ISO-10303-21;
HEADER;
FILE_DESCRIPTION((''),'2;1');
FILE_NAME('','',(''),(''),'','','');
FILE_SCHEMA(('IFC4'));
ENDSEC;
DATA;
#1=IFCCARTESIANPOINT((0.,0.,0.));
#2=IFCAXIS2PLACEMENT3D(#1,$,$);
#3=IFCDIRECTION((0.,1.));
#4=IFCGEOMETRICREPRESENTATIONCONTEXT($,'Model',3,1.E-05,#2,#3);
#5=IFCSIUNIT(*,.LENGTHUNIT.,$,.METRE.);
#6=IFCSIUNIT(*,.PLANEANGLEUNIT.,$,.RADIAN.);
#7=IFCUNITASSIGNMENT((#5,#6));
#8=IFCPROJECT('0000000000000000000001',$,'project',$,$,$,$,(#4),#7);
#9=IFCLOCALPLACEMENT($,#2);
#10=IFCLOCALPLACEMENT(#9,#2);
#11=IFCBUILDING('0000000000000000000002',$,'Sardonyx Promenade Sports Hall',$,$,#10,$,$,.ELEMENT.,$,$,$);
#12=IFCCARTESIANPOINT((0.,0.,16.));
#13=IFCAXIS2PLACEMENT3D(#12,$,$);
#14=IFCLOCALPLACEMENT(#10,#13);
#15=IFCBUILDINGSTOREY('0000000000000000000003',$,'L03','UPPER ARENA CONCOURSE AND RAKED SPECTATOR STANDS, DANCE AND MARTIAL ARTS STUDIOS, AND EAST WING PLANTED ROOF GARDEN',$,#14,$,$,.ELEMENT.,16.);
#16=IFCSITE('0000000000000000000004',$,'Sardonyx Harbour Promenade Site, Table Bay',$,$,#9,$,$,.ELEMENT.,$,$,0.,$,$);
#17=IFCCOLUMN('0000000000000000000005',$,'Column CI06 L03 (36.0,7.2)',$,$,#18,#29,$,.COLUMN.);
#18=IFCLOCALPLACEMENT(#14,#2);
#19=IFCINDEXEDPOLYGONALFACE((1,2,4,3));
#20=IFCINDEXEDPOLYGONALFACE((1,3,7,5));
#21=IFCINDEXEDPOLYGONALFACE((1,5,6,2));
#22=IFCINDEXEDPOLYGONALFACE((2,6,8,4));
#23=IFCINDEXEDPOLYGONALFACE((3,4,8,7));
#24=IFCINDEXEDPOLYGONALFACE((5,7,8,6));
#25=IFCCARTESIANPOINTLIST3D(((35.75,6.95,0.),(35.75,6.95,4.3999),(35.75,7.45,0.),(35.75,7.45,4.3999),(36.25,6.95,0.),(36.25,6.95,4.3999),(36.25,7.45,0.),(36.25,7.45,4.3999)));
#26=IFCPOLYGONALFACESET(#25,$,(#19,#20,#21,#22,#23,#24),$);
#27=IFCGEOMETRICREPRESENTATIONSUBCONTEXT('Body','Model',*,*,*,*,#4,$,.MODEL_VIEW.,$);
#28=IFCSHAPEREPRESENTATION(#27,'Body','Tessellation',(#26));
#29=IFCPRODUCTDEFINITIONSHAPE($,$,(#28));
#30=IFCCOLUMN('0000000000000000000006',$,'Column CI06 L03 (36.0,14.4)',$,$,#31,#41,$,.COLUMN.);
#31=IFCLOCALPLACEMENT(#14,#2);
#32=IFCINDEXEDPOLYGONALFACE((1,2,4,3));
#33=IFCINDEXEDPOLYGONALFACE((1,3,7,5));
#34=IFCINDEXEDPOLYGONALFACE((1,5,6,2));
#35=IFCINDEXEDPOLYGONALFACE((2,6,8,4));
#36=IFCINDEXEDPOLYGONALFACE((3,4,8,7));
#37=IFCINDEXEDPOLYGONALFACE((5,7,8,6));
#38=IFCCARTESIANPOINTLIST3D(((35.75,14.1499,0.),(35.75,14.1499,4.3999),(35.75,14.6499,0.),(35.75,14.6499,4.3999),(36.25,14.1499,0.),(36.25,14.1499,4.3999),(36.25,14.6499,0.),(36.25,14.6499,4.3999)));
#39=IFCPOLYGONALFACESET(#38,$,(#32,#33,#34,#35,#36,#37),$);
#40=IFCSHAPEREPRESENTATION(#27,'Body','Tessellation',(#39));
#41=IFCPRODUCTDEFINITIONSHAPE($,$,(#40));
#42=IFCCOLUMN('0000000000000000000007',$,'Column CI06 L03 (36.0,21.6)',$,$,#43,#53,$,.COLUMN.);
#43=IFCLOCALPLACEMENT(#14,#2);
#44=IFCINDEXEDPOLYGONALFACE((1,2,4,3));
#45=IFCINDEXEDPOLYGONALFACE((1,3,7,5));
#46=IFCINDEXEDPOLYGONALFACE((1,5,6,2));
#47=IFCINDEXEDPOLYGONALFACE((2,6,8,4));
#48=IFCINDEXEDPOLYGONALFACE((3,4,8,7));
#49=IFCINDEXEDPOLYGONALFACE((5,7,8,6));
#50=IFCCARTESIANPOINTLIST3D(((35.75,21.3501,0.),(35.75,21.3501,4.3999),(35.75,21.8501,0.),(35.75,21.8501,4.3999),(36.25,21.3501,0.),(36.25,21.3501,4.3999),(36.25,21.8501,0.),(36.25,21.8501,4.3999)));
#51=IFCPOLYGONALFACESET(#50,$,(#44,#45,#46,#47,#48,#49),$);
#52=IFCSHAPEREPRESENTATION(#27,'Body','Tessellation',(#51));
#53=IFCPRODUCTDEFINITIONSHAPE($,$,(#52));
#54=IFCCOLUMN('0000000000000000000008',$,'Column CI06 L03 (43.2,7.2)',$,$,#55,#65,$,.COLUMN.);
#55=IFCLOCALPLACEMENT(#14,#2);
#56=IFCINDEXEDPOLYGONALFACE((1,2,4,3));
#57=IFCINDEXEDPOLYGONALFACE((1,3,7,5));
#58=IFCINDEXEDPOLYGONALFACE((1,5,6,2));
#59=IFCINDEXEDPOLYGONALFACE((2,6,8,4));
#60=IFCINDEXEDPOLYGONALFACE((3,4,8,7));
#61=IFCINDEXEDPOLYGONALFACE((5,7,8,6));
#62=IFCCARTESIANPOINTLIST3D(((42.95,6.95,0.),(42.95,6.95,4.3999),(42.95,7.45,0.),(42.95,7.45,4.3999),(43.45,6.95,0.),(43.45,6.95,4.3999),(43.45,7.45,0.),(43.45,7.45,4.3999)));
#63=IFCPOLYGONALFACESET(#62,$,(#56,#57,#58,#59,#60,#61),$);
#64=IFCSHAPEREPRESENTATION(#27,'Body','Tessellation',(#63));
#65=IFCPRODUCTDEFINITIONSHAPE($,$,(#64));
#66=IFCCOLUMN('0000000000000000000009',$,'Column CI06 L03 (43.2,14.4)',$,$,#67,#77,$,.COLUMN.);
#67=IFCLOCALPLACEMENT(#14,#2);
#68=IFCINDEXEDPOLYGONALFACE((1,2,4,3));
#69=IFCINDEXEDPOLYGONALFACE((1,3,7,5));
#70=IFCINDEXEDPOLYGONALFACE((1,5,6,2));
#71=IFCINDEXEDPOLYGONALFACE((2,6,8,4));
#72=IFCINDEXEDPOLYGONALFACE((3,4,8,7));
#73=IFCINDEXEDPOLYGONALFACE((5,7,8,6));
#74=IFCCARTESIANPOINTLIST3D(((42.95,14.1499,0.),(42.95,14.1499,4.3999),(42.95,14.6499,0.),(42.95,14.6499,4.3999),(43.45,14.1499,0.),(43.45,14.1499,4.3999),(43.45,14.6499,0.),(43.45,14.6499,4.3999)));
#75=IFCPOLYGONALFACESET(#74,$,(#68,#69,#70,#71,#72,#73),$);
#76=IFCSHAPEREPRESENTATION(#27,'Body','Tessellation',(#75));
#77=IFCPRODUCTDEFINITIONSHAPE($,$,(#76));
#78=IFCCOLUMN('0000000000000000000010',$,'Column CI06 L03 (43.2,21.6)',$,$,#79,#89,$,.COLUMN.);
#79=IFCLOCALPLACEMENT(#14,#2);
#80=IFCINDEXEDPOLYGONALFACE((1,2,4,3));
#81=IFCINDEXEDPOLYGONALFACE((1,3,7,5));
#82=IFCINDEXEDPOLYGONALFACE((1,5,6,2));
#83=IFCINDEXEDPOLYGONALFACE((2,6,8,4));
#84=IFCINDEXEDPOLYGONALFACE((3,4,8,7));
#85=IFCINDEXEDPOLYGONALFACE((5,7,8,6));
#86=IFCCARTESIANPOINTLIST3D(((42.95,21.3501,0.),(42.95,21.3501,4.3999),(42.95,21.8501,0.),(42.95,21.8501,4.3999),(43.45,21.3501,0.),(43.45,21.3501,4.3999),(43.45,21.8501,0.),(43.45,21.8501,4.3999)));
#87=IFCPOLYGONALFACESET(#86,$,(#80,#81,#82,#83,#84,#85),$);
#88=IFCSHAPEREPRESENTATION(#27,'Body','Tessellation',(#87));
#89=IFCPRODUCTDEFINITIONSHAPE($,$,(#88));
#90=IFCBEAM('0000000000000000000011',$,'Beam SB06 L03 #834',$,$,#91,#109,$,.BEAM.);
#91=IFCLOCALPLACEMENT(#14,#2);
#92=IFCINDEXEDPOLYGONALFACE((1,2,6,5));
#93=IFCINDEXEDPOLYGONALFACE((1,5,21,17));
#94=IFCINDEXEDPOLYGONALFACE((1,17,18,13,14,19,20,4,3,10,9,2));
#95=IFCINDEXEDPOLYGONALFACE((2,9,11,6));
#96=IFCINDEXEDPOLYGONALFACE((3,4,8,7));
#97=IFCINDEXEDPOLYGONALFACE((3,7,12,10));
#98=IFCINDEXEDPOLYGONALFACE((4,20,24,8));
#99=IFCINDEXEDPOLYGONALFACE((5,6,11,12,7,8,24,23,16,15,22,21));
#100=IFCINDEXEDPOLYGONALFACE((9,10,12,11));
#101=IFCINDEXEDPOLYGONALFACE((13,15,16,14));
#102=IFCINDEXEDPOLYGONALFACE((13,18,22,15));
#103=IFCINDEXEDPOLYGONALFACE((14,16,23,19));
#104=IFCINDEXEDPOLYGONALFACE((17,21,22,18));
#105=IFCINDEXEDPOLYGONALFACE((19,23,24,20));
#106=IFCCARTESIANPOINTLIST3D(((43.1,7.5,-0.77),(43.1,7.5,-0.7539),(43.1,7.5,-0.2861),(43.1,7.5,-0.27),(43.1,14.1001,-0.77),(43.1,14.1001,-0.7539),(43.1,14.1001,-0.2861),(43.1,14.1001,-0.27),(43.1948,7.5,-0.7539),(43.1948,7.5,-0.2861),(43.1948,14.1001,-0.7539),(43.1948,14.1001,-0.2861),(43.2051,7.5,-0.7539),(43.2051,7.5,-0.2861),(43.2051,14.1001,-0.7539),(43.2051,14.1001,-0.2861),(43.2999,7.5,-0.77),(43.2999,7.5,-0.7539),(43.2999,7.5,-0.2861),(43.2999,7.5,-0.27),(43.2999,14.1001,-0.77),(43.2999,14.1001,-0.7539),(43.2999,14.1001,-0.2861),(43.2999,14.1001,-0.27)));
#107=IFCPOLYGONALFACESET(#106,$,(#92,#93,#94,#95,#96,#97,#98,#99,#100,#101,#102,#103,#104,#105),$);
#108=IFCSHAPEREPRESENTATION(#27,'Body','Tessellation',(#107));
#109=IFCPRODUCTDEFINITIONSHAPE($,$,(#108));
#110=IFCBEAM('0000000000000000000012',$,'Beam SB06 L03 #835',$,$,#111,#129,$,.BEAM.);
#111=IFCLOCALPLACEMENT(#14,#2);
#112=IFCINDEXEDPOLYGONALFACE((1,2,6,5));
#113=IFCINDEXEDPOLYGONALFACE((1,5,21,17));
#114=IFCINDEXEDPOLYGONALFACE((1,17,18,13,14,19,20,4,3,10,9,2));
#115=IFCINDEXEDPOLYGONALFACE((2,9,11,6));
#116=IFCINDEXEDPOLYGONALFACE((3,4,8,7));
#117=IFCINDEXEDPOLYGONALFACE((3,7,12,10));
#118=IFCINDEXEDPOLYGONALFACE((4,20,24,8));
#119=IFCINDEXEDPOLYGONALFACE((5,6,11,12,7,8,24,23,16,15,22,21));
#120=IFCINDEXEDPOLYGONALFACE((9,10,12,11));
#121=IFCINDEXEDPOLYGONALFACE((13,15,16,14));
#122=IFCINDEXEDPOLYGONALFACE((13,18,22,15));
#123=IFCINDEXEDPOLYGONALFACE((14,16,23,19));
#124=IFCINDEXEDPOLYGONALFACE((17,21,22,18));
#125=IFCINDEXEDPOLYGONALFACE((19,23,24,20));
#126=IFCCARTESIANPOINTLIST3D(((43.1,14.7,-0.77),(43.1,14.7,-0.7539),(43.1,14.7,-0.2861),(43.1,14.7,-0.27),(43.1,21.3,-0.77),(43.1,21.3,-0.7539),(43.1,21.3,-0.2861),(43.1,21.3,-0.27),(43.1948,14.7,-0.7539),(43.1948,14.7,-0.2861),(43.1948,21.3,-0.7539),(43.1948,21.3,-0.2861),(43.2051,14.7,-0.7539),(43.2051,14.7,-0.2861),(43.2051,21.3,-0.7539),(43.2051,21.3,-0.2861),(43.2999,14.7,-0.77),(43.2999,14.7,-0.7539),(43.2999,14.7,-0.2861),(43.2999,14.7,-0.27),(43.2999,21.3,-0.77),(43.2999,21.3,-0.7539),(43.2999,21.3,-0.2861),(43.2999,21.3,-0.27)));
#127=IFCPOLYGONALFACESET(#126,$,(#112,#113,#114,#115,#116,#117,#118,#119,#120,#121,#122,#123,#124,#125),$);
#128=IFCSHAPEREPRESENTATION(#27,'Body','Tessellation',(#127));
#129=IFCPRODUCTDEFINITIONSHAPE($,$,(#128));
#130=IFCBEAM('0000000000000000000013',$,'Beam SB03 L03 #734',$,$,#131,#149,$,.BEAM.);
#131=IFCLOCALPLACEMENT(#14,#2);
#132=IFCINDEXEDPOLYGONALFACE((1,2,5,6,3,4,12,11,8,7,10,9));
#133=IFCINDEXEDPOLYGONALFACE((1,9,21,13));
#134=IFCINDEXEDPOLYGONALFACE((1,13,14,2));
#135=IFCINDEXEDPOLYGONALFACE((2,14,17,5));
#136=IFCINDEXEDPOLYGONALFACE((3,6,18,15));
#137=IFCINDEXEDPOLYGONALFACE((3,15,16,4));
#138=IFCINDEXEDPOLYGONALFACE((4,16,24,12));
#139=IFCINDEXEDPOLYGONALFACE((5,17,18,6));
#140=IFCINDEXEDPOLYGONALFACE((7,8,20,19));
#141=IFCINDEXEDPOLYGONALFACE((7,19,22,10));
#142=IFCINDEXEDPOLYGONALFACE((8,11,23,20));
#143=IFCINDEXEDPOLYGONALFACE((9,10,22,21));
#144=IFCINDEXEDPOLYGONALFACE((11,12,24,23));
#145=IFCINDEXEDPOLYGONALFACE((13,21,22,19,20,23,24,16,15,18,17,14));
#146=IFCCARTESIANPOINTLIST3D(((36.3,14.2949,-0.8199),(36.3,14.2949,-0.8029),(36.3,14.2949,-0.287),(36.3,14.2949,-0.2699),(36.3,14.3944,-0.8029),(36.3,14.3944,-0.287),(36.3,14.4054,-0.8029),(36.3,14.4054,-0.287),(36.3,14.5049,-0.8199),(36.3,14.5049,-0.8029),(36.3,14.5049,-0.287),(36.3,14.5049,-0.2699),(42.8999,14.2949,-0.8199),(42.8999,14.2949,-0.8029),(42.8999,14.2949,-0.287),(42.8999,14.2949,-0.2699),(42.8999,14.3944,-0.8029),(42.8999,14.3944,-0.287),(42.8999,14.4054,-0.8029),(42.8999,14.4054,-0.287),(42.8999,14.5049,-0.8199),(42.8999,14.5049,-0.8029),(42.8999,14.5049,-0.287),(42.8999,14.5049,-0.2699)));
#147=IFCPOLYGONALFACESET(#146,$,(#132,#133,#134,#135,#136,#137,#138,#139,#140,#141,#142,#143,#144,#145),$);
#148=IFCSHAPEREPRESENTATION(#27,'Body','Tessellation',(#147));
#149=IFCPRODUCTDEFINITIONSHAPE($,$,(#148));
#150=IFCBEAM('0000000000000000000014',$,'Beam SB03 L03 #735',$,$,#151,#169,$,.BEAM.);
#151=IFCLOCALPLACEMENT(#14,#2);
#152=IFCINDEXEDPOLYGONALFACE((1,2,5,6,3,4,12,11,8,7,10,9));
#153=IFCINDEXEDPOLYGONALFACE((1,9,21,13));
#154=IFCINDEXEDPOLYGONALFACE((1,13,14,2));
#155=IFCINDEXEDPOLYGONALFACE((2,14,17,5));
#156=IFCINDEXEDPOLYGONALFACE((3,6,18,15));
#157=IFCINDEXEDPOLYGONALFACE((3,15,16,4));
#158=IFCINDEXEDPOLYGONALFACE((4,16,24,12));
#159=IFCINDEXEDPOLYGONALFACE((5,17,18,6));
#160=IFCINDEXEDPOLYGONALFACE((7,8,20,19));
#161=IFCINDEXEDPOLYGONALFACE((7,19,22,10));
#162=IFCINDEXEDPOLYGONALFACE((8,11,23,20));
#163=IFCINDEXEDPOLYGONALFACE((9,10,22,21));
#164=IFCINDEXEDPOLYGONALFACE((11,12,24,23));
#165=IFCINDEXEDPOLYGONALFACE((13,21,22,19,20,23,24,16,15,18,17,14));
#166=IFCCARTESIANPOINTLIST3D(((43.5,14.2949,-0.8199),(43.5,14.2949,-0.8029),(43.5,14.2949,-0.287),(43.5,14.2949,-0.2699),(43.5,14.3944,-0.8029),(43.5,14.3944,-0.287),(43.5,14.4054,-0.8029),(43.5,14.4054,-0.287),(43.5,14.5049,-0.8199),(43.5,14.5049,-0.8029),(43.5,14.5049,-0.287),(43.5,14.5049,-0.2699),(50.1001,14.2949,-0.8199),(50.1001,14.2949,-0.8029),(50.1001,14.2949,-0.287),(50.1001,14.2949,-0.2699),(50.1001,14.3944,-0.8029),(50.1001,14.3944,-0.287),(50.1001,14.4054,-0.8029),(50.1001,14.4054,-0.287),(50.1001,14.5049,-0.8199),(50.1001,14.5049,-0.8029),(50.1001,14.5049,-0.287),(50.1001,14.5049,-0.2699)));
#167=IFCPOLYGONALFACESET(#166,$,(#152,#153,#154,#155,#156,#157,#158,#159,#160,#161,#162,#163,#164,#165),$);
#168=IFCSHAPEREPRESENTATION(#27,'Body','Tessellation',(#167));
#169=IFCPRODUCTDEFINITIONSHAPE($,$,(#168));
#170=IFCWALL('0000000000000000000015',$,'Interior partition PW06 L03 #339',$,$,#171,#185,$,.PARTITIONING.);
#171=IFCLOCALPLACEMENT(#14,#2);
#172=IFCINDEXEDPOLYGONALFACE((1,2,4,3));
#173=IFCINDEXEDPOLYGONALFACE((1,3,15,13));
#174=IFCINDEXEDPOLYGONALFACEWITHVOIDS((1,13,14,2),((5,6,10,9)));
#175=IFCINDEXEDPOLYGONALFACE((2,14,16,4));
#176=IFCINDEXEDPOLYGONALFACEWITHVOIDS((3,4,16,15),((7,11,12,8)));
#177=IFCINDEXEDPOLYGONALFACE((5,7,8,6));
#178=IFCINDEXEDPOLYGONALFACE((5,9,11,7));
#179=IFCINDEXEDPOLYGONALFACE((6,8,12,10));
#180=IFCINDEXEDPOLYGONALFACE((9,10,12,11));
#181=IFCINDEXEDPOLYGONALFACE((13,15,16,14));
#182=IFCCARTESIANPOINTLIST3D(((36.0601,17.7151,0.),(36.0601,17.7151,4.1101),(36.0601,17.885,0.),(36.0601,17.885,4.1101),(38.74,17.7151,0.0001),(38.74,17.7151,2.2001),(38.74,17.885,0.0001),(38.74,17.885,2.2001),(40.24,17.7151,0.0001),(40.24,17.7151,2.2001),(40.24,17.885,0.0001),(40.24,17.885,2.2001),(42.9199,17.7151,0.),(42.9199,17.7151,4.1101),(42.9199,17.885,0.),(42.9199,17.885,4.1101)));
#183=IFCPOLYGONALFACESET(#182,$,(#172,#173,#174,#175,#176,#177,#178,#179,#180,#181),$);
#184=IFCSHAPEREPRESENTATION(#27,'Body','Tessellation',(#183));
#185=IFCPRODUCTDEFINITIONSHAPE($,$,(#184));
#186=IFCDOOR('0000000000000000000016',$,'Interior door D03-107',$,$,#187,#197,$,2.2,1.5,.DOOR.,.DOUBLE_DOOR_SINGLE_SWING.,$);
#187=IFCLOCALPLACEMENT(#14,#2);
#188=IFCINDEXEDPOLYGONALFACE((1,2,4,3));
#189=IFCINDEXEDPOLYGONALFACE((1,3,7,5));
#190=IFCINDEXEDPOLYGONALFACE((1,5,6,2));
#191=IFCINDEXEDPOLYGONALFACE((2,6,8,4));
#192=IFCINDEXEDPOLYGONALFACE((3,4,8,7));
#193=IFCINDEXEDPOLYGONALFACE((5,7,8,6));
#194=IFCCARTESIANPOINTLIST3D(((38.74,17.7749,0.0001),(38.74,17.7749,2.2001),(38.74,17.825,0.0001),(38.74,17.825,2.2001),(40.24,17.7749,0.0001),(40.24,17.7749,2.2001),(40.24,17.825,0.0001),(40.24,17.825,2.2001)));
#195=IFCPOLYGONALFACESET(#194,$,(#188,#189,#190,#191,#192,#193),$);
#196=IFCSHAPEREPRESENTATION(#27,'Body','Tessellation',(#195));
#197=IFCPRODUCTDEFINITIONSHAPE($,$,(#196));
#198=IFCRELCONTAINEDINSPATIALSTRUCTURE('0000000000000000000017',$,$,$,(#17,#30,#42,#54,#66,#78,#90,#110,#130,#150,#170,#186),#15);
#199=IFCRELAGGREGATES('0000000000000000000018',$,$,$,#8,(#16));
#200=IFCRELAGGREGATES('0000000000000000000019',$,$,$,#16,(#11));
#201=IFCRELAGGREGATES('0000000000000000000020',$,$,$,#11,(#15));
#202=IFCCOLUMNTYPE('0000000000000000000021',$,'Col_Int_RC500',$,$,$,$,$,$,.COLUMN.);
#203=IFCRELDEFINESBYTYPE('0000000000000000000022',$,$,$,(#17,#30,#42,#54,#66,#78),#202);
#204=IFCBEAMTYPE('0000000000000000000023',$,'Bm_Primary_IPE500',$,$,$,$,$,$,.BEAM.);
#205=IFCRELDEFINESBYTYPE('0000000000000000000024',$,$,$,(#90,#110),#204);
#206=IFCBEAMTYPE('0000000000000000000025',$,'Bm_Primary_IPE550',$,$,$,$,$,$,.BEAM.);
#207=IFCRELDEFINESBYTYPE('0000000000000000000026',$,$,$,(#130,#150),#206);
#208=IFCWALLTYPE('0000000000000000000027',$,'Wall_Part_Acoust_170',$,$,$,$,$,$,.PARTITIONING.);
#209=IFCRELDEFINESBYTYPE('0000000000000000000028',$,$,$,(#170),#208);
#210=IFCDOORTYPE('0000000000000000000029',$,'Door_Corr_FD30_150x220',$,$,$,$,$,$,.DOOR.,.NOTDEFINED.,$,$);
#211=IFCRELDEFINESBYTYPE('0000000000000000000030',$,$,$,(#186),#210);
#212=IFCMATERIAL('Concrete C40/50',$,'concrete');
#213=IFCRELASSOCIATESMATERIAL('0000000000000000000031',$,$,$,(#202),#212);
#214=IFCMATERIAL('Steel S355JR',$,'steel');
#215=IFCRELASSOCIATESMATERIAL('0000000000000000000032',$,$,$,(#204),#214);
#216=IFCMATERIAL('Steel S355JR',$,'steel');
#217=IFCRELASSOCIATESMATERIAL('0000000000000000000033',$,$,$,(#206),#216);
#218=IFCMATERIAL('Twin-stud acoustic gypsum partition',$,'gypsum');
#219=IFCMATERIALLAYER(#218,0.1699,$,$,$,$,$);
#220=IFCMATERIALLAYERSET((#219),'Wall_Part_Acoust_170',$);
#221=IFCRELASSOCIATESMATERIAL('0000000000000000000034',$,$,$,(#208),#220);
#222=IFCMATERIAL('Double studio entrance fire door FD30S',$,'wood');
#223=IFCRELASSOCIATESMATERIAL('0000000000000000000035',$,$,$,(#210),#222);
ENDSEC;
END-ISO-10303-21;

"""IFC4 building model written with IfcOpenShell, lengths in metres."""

from ifc_helpers import new_model, si_unit, direction, frame, frame_2d, origin, origin_2d, place, context, subcontext, project, spatial, rectangle, i_section, extrude, material, layer, layer_set, material_profile, profile_set, type_object, element, fill, save


model = new_model("IFC4")

# Units and contexts
model_context = context("Model", 3, precision=1e-05, world=origin(), true_north=direction((0.0, 1.0)))
body_context = subcontext(model_context, "Body", "Model", "MODEL_VIEW")
ifc_project = project(units=[si_unit("LENGTHUNIT", "METRE"), si_unit("PLANEANGLEUNIT", "RADIAN")], contexts=[model_context])

# Site, building, storey
site_placement = place(None, origin())
site = spatial("IfcSite", under=ifc_project, at=site_placement, Name="Sardonyx Harbour Promenade Site, Table Bay", CompositionType="ELEMENT", RefElevation=0.0)
building_placement = place(site_placement, origin())
building = spatial("IfcBuilding", under=site, at=building_placement, Name="Sardonyx Promenade Sports Hall", CompositionType="ELEMENT")
storey_placement = place(building_placement, frame((0.0, 0.0, 16.0)))
storey = spatial("IfcBuildingStorey", under=building, at=storey_placement, Name="L03", Description="UPPER ARENA CONCOURSE AND RAKED SPECTATOR STANDS, DANCE AND MARTIAL ARTS STUDIOS, AND EAST WING PLANTED ROOF GARDEN", CompositionType="ELEMENT", Elevation=16.0)

# Columns
ifc_material_1 = material(Name="Concrete C40/50", Category="concrete")
ifc_material_profile_1 = material_profile(ifc_material_1, rectangle(XDim=0.5, YDim=0.5, at=origin_2d()))
ifc_profile_set_1 = profile_set([ifc_material_profile_1], Name="Concrete C40/50")
column_type = type_object("IfcColumnType", Name="Col_Int_RC500", PredefinedType="COLUMN", material=ifc_profile_set_1)
for number, where, z_axis, x_axis, name in (
    (1, (36.0, 7.2, 0.0), (0.0, 0.0, 1.0), (1.0, 0.0, 0.0), "Column CI06 L03 (36.0,7.2)"),
    (2, (36.0, 14.3999, 0.0), (0.0, 0.0, 1.0), (1.0, 0.0, 0.0), "Column CI06 L03 (36.0,14.4)"),
    (3, (36.0, 21.6001, 0.0), (0.0, 0.0, 1.0), (1.0, 0.0, 0.0), "Column CI06 L03 (36.0,21.6)"),
    (4, (43.2, 7.2, 0.0), (0.0, 0.0, 1.0), (1.0, 0.0, 0.0), "Column CI06 L03 (43.2,7.2)"),
    (5, (43.2, 14.3999, 0.0), (0.0, 0.0, 1.0), (1.0, 0.0, 0.0), "Column CI06 L03 (43.2,14.4)"),
    (6, (43.2, 21.6001, 0.0), (0.0, 0.0, 1.0), (1.0, 0.0, 0.0), "Column CI06 L03 (43.2,21.6)"),
):
    element("IfcColumn", number, at=place(storey_placement, frame(where, z_axis=z_axis, x_axis=x_axis)), inside=storey, type_object=column_type, Name=name, PredefinedType="COLUMN", context=body_context, shape_type="SweptSolid", body=[
        extrude(rectangle(XDim=0.5, YDim=0.5, at=origin_2d()), origin(), (0.0, 0.0, 1.0), 4.3999),
    ])

# Beams
ifc_material_2 = material(Name="Steel S355JR", Category="steel")
ifc_material_profile_2 = material_profile(ifc_material_2, i_section(OverallWidth=0.2, OverallDepth=0.5, WebThickness=0.0103, FlangeThickness=0.0161, at=origin_2d()))
ifc_profile_set_2 = profile_set([ifc_material_profile_2], Name="Steel S355JR")
beam_type_1 = type_object("IfcBeamType", Name="Bm_Primary_IPE500", PredefinedType="BEAM", material=ifc_profile_set_2)
for number, where, z_axis, x_axis, name in (
    (7, (43.2, 7.5, -0.52), (0.0, 1.0, 0.0), (-1.0, 0.0, 0.0), "Beam SB06 L03 #834"),
    (8, (43.2, 14.7, -0.52), (0.0, 1.0, 0.0), (-1.0, 0.0, 0.0), "Beam SB06 L03 #835"),
):
    element("IfcBeam", number, at=place(storey_placement, frame(where, z_axis=z_axis, x_axis=x_axis)), inside=storey, type_object=beam_type_1, Name=name, PredefinedType="BEAM", context=body_context, shape_type="SweptSolid", body=[
        extrude(i_section(OverallWidth=0.2, OverallDepth=0.5, WebThickness=0.0103, FlangeThickness=0.0161, at=origin_2d()), origin(), (0.0, 0.0, 1.0), 6.6001),
    ])
ifc_material_3 = material(Name="Steel S355JR", Category="steel")
ifc_material_profile_3 = material_profile(ifc_material_3, i_section(OverallWidth=0.21, OverallDepth=0.55, WebThickness=0.011, FlangeThickness=0.0171, at=origin_2d()))
ifc_profile_set_3 = profile_set([ifc_material_profile_3], Name="Steel S355JR")
beam_type_2 = type_object("IfcBeamType", Name="Bm_Primary_IPE550", PredefinedType="BEAM", material=ifc_profile_set_3)
beam_1_placement = place(storey_placement, frame((36.3, 14.3999, -0.5449), z_axis=(1.0, 0.0, 0.0), x_axis=(0.0, 1.0, 0.0)))
element("IfcBeam", 9, at=beam_1_placement, inside=storey, type_object=beam_type_2, Name="Beam SB03 L03 #734", PredefinedType="BEAM", context=body_context, shape_type="SweptSolid", body=[
    extrude(i_section(OverallWidth=0.21, OverallDepth=0.55, WebThickness=0.011, FlangeThickness=0.0171, at=origin_2d()), origin(), (0.0, 0.0, 1.0), 6.5999),
])
beam_2_placement = place(storey_placement, frame((43.5, 14.3999, -0.5449), z_axis=(1.0, 0.0, 0.0), x_axis=(0.0, 1.0, 0.0)))
element("IfcBeam", 10, at=beam_2_placement, inside=storey, type_object=beam_type_2, Name="Beam SB03 L03 #735", PredefinedType="BEAM", context=body_context, shape_type="SweptSolid", body=[
    extrude(i_section(OverallWidth=0.21, OverallDepth=0.55, WebThickness=0.011, FlangeThickness=0.0171, at=origin_2d()), origin(), (0.0, 0.0, 1.0), 6.6001),
])

# Wall, opening, door
ifc_material_4 = material(Name="Twin-stud acoustic gypsum partition", Category="gypsum")
ifc_layer_1 = layer(ifc_material_4, 0.1699)
ifc_layer_set_1 = layer_set([ifc_layer_1], Name="Wall_Part_Acoust_170")
wall_type_1 = type_object("IfcWallType", Name="Wall_Part_Acoust_170", PredefinedType="PARTITIONING", material=ifc_layer_set_1)
wall_1_placement = place(storey_placement, frame((36.0601, 17.8, 0.0), z_axis=(0.0, 0.0, 1.0), x_axis=(1.0, 0.0, 0.0)))
wall_1 = element("IfcWall", 11, at=wall_1_placement, inside=storey, type_object=wall_type_1, Name="Interior partition PW06 L03 #339", PredefinedType="PARTITIONING", context=body_context, shape_type="SweptSolid", body=[
    extrude(rectangle(XDim=6.8599, YDim=0.1699, at=frame_2d((3.4299, 0.0))), origin(), (0.0, 0.0, 1.0), 4.1101),
])
opening_1_placement = place(wall_1_placement, frame((2.6799, 0.0, 0.0)))
opening_1 = element("IfcOpeningElement", 12, at=opening_1_placement, cuts=wall_1, PredefinedType="OPENING", context=body_context, shape_type="SweptSolid", body=[
    extrude(rectangle(XDim=1.5, YDim=2.2, at=frame_2d((0.75, 1.1001))), frame((0.0, 0.095, 0.0), z_axis=(0.0, -1.0, 0.0), x_axis=(1.0, 0.0, 0.0)), (0.0, 0.0, 1.0), 0.19),
])
ifc_material_5 = material(Name="Double studio entrance fire door FD30S", Category="wood")
door_type_1 = type_object("IfcDoorType", Name="Door_Corr_FD30_150x220", OperationType="NOTDEFINED", PredefinedType="DOOR", material=ifc_material_5)
door_1_placement = place(opening_1_placement, origin())
door_1 = element("IfcDoor", 13, at=door_1_placement, inside=storey, type_object=door_type_1, Name="Interior door D03-107", OperationType="DOUBLE_DOOR_SINGLE_SWING", OverallHeight=2.2, OverallWidth=1.5, PredefinedType="DOOR", context=body_context, shape_type="SweptSolid", body=[
    extrude(rectangle(XDim=1.5, YDim=2.2, at=frame_2d((0.75, 1.1001))), frame((0.0, 0.0249, 0.0), z_axis=(0.0, -1.0, 0.0), x_axis=(1.0, 0.0, 0.0)), (0.0, 0.0, 1.0), 0.05),
])
fill(opening_1, door_1)

save(model, "model.ifc")
